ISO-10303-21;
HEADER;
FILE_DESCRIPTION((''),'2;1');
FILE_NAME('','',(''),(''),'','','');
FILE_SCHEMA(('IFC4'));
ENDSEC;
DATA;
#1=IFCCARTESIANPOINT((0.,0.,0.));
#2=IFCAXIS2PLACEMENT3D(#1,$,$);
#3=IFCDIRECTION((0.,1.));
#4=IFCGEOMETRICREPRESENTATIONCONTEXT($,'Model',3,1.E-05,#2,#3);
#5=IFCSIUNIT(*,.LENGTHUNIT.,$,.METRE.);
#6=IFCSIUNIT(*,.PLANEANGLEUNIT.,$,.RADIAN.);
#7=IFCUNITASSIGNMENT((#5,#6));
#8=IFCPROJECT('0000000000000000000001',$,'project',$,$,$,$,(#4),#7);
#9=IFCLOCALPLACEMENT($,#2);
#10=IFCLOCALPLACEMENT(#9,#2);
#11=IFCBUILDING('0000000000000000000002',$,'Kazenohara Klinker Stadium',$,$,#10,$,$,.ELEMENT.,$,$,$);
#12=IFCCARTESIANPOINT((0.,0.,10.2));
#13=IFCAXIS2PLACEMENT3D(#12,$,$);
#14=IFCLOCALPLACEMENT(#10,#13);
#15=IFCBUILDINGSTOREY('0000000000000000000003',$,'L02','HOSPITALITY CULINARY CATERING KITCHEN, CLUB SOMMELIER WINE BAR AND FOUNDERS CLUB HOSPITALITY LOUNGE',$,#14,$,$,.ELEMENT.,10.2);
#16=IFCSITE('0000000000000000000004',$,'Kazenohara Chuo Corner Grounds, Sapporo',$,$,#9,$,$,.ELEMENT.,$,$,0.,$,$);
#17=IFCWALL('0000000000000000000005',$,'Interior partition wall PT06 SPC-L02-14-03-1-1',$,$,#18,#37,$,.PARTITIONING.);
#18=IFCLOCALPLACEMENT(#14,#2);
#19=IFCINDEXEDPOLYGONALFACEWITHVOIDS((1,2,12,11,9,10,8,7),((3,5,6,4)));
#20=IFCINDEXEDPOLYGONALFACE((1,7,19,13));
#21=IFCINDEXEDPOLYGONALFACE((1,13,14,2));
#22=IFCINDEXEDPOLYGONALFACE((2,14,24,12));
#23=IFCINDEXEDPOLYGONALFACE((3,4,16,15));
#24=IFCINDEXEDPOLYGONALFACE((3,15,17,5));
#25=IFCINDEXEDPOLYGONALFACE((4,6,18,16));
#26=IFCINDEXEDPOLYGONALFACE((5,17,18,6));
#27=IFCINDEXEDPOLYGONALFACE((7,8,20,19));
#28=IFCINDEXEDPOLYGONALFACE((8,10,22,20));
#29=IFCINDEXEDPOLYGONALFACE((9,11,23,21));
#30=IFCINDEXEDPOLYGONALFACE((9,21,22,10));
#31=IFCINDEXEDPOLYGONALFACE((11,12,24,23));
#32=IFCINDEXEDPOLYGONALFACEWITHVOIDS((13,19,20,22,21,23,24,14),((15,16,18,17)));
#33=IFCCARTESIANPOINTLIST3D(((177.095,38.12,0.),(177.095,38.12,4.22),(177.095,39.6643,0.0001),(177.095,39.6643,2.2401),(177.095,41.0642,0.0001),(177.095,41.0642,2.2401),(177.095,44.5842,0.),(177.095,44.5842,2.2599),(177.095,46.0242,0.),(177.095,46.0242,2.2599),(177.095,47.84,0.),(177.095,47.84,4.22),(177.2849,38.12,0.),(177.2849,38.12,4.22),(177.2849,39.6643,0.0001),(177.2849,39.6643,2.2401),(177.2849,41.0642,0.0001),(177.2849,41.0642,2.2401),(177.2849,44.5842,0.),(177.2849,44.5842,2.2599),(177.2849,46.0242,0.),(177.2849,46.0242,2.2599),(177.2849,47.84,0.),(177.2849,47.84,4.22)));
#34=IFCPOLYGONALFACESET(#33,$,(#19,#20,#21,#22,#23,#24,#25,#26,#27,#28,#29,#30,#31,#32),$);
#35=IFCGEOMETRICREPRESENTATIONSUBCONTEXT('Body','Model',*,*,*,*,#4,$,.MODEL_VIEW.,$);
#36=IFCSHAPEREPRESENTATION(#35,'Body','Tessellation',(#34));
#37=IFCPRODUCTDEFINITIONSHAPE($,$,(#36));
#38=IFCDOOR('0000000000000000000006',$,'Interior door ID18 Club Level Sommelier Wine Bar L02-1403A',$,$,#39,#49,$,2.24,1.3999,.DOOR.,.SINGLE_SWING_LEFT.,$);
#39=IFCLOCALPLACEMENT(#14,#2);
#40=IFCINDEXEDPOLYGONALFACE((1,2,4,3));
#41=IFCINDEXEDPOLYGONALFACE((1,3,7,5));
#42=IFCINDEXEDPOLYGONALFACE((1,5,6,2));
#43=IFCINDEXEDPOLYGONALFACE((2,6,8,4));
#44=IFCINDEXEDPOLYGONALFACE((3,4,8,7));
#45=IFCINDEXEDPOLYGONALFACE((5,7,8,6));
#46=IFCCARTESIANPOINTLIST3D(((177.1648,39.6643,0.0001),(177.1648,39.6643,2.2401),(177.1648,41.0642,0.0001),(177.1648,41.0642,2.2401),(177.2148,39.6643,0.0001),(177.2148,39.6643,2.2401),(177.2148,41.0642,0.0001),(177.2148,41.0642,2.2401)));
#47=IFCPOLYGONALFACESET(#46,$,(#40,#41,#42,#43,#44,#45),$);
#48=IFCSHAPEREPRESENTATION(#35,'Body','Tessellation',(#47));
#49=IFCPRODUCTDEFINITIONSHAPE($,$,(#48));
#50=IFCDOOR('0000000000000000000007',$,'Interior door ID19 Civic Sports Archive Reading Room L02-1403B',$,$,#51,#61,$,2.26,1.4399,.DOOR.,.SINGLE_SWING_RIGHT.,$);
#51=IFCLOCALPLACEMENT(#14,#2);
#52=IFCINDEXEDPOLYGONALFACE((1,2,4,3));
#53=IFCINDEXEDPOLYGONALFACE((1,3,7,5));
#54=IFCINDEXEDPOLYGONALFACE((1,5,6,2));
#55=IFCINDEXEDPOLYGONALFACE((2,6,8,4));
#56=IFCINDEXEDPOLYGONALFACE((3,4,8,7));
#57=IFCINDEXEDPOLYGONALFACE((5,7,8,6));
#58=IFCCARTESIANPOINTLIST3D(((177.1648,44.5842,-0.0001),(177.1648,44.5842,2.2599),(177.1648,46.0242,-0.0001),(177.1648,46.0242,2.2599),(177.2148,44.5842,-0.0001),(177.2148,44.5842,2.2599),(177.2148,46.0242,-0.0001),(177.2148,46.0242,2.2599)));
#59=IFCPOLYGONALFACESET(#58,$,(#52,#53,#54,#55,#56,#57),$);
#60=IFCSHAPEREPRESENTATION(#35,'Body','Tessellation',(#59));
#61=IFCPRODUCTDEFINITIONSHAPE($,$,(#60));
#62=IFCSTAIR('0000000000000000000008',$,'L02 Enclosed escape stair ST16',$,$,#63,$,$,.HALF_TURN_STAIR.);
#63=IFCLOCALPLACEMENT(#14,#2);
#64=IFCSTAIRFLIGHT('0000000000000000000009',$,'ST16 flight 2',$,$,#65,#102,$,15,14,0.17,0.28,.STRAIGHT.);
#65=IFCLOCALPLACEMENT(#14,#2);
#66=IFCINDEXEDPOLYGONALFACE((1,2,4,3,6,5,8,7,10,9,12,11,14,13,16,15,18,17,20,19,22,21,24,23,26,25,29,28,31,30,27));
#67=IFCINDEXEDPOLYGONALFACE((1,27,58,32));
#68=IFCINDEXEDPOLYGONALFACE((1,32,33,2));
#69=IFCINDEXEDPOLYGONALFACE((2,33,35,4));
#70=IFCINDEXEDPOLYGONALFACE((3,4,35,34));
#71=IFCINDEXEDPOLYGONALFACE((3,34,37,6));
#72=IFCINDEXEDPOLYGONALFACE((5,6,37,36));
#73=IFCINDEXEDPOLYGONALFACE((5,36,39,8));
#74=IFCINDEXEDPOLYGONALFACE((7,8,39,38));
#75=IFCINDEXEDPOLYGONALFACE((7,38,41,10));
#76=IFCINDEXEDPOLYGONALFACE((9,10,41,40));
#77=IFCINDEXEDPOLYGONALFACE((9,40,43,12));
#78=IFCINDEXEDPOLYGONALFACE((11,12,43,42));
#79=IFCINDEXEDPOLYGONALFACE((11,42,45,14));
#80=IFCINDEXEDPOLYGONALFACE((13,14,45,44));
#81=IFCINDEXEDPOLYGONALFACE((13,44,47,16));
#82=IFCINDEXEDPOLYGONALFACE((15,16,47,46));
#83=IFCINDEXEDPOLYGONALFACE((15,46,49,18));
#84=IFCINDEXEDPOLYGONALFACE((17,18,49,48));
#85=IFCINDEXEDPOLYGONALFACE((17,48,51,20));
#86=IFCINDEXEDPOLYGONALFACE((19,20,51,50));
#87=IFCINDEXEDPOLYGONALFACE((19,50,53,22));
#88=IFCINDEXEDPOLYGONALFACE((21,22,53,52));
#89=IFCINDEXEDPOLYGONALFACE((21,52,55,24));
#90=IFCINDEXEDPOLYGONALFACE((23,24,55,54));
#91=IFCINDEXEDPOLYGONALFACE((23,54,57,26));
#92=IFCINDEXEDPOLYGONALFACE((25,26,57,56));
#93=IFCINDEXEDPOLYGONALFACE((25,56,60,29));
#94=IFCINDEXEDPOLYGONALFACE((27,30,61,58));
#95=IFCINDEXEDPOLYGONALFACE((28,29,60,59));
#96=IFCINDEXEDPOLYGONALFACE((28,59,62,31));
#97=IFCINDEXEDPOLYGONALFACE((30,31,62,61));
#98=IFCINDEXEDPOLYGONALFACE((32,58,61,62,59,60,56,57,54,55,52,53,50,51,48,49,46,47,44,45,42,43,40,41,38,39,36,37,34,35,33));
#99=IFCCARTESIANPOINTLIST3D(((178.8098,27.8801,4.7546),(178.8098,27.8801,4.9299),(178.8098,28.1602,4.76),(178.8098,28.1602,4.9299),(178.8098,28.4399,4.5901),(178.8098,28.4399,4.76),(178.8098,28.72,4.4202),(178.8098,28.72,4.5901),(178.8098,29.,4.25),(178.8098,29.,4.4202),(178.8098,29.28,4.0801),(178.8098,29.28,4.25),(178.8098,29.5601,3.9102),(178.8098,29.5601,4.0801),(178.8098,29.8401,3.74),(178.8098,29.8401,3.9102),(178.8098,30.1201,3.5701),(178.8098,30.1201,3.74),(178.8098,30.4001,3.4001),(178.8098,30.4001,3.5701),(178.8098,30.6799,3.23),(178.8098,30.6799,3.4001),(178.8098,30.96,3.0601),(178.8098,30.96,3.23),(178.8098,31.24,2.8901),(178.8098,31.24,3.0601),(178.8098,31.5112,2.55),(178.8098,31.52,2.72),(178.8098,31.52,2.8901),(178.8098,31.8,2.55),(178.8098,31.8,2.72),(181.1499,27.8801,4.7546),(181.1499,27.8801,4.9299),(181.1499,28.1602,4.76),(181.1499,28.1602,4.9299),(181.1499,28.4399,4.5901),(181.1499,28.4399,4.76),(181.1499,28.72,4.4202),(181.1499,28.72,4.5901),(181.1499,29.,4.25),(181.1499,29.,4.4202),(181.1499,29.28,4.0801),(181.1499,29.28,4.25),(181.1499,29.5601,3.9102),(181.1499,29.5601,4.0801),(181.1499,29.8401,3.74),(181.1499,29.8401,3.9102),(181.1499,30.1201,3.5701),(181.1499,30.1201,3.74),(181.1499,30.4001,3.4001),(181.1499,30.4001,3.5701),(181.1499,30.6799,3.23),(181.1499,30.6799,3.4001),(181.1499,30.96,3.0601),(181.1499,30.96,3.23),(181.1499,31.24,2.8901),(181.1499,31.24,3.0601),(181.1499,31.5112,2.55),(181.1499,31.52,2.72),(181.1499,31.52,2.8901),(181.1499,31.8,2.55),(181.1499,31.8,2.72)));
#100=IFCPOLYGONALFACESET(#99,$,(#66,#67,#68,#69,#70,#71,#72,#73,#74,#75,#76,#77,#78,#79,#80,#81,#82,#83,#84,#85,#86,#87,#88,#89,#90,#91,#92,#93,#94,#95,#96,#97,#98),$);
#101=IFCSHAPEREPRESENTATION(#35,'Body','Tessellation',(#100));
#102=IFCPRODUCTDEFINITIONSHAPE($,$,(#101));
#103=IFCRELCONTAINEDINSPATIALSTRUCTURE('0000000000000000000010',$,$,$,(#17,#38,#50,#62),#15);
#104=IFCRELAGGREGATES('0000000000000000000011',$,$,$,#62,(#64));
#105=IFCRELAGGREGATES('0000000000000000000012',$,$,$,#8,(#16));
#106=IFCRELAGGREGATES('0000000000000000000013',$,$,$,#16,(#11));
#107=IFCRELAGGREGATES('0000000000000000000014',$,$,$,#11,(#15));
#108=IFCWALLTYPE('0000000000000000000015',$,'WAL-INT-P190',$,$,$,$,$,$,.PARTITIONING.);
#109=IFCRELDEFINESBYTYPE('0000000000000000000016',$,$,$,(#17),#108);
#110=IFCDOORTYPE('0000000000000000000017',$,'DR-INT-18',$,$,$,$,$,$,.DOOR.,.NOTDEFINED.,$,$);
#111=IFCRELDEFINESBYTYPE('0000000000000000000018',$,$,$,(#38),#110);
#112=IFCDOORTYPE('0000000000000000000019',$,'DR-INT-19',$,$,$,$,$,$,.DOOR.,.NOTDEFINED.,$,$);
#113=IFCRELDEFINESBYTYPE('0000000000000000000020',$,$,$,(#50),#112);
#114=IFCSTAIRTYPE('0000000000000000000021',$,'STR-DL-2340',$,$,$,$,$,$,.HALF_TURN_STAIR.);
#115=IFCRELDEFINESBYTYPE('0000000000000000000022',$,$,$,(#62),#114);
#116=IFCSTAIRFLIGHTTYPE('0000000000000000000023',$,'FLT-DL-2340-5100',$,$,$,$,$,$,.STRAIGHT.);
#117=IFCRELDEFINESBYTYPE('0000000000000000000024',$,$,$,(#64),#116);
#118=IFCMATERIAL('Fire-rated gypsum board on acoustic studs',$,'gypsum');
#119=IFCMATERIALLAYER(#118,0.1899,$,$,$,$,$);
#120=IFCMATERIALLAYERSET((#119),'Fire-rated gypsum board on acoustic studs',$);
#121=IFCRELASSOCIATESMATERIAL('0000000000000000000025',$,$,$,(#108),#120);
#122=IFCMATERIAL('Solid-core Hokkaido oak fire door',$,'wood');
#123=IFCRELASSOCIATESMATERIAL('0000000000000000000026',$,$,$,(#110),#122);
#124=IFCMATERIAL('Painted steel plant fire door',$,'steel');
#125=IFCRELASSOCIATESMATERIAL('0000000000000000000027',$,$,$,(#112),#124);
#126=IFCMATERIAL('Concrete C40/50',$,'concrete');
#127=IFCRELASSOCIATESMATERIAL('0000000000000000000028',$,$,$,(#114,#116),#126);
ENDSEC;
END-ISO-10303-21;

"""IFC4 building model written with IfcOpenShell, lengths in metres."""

from ifc_helpers import new_model, si_unit, direction, frame, frame_2d, origin, place, context, subcontext, project, spatial, polyline, rectangle, outline, extrude, material, layer, layer_set, type_object, element, fill, aggregate, save


model = new_model("IFC4")

# Units and contexts
model_context = context("Model", 3, precision=1e-05, world=origin(), true_north=direction((0.0, 1.0)))
body_context = subcontext(model_context, "Body", "Model", "MODEL_VIEW")
ifc_project = project(units=[si_unit("LENGTHUNIT", "METRE"), si_unit("PLANEANGLEUNIT", "RADIAN")], contexts=[model_context])

# Site, building, storey
site_placement = place(None, origin())
site = spatial("IfcSite", under=ifc_project, at=site_placement, Name="Kazenohara Chuo Corner Grounds, Sapporo", CompositionType="ELEMENT", RefElevation=0.0)
building_placement = place(site_placement, origin())
building = spatial("IfcBuilding", under=site, at=building_placement, Name="Kazenohara Klinker Stadium", CompositionType="ELEMENT")
storey_placement = place(building_placement, frame((0.0, 0.0, 10.2)))
storey = spatial("IfcBuildingStorey", under=building, at=storey_placement, Name="L02", Description="HOSPITALITY CULINARY CATERING KITCHEN, CLUB SOMMELIER WINE BAR AND FOUNDERS CLUB HOSPITALITY LOUNGE", CompositionType="ELEMENT", Elevation=10.2)

# Shared definitions
ifc_material_1 = material(Name="Concrete C40/50", Category="concrete")

# Shared definitions
ifc_material_2 = material(Name="Fire-rated gypsum board on acoustic studs", Category="gypsum")

# Shared definitions
ifc_material_3 = material(Name="Solid-core Hokkaido oak fire door", Category="wood")

# Wall, openings, doors
ifc_layer_1 = layer(ifc_material_2, 0.1899)
ifc_layer_set_1 = layer_set([ifc_layer_1], Name="Fire-rated gypsum board on acoustic studs")
wall_type_1 = type_object("IfcWallType", Name="WAL-INT-P190", PredefinedType="PARTITIONING", material=ifc_layer_set_1)
wall_1_placement = place(storey_placement, frame((177.1899, 38.1201, 0.0), z_axis=(0.0, 0.0, 1.0), x_axis=(0.0, 1.0, 0.0)))
wall_1 = element("IfcWall", 1, at=wall_1_placement, inside=storey, type_object=wall_type_1, Name="Interior partition wall PT06 SPC-L02-14-03-1-1", PredefinedType="PARTITIONING", context=body_context, shape_type="SweptSolid", body=[
    extrude(rectangle(XDim=9.72, YDim=0.1899, at=frame_2d((4.8599, 0.0))), origin(), (0.0, 0.0, 1.0), 4.22),
])
opening_1_placement = place(wall_1_placement, frame((2.9441, 0.0, 0.0), z_axis=(0.0, 0.0, 1.0), x_axis=(-1.0, 0.0, 0.0)))
opening_1 = element("IfcOpeningElement", 2, at=opening_1_placement, cuts=wall_1, PredefinedType="OPENING", context=body_context, shape_type="SweptSolid", body=[
    extrude(rectangle(XDim=1.3999, YDim=2.24, at=frame_2d((0.7, 1.1201))), frame((0.0, 0.105, 0.0), z_axis=(0.0, -1.0, 0.0), x_axis=(1.0, 0.0, 0.0)), (0.0, 0.0, 1.0), 0.21),
])
opening_2_placement = place(wall_1_placement, frame((7.9041, 0.0, 0.0), z_axis=(0.0, 0.0, 1.0), x_axis=(-1.0, 0.0, 0.0)))
opening_2 = element("IfcOpeningElement", 3, at=opening_2_placement, cuts=wall_1, PredefinedType="OPENING", context=body_context, shape_type="SweptSolid", body=[
    extrude(rectangle(XDim=1.4399, YDim=2.26, at=frame_2d((0.72, 1.1299))), frame((0.0, 0.105, 0.0), z_axis=(0.0, -1.0, 0.0), x_axis=(1.0, 0.0, 0.0)), (0.0, 0.0, 1.0), 0.21),
])
door_type_1 = type_object("IfcDoorType", Name="DR-INT-18", OperationType="NOTDEFINED", PredefinedType="DOOR", material=ifc_material_3)
door_1_placement = place(opening_1_placement, origin())
door_1 = element("IfcDoor", 4, at=door_1_placement, inside=storey, type_object=door_type_1, Name="Interior door ID18 Club Level Sommelier Wine Bar L02-1403A", OperationType="SINGLE_SWING_LEFT", OverallHeight=2.24, OverallWidth=1.3999, PredefinedType="DOOR", context=body_context, shape_type="SweptSolid", body=[
    extrude(rectangle(XDim=1.3999, YDim=2.24, at=frame_2d((0.7, 1.1201))), frame((0.0, 0.0249, 0.0), z_axis=(0.0, -1.0, 0.0), x_axis=(1.0, 0.0, 0.0)), (0.0, 0.0, 1.0), 0.05),
])
fill(opening_1, door_1)
ifc_material_4 = material(Name="Painted steel plant fire door", Category="steel")
door_type_2 = type_object("IfcDoorType", Name="DR-INT-19", OperationType="NOTDEFINED", PredefinedType="DOOR", material=ifc_material_4)
door_2_placement = place(opening_2_placement, origin())
door_2 = element("IfcDoor", 5, at=door_2_placement, inside=storey, type_object=door_type_2, Name="Interior door ID19 Civic Sports Archive Reading Room L02-1403B", OperationType="SINGLE_SWING_RIGHT", OverallHeight=2.26, OverallWidth=1.4399, PredefinedType="DOOR", context=body_context, shape_type="SweptSolid", body=[
    extrude(rectangle(XDim=1.4399, YDim=2.26, at=frame_2d((0.72, 1.1299))), frame((0.0, 0.0249, 0.0), z_axis=(0.0, -1.0, 0.0), x_axis=(1.0, 0.0, 0.0)), (0.0, 0.0, 1.0), 0.05),
])
fill(opening_2, door_2)

# Stair, stair flight
stair_type = type_object("IfcStairType", Name="STR-DL-2340", PredefinedType="HALF_TURN_STAIR", material=ifc_material_1)
stair_placement = place(storey_placement, origin())
stair = element("IfcStair", 6, at=stair_placement, inside=storey, type_object=stair_type, Name="L02 Enclosed escape stair ST16", PredefinedType="HALF_TURN_STAIR")
stair_flight_type = type_object("IfcStairFlightType", Name="FLT-DL-2340-5100", PredefinedType="STRAIGHT", material=ifc_material_1)
stair_flight_placement = place(storey_placement, frame((179.98, 31.8, 2.55), z_axis=(0.0, 0.0, 1.0), x_axis=(0.0, -1.0, 0.0)))
stair_flight = element("IfcStairFlight", 7, at=stair_flight_placement, type_object=stair_flight_type, Name="ST16 flight 2", NumberOfRisers=15, NumberOfTreads=14, PredefinedType="STRAIGHT", RiserHeight=0.17, TreadLength=0.28, context=body_context, shape_type="SweptSolid", body=[
    extrude(outline(polyline([(0.0, 0.0), (0.0, 0.1699), (0.28, 0.1699), (0.28, 0.3401), (0.5601, 0.3401), (0.5601, 0.51), (0.8401, 0.51), (0.8401, 0.6799), (1.1201, 0.6799), (1.1201, 0.8501), (1.3999, 0.8501), (1.3999, 1.02), (1.6799, 1.02), (1.6799, 1.1899), (1.96, 1.1899), (1.96, 1.3601), (2.24, 1.3601), (2.24, 1.53), (2.52, 1.53), (2.52, 1.7), (2.8, 1.7), (2.8, 1.8701), (3.0801, 1.8701), (3.0801, 2.04), (3.3601, 2.04), (3.3601, 2.21), (3.6399, 2.21), (3.6399, 2.3799), (3.9199, 2.3799), (3.9199, 2.55), (3.9199, 2.2046), (0.2888, 0.0), (0.0, 0.0)])), frame((0.0, 1.1699, 0.0), z_axis=(0.0, -1.0, 0.0), x_axis=(1.0, 0.0, 0.0)), (0.0, 0.0, 1.0), 2.3401),
])
aggregate(stair, [stair_flight])

save(model, "model.ifc")
